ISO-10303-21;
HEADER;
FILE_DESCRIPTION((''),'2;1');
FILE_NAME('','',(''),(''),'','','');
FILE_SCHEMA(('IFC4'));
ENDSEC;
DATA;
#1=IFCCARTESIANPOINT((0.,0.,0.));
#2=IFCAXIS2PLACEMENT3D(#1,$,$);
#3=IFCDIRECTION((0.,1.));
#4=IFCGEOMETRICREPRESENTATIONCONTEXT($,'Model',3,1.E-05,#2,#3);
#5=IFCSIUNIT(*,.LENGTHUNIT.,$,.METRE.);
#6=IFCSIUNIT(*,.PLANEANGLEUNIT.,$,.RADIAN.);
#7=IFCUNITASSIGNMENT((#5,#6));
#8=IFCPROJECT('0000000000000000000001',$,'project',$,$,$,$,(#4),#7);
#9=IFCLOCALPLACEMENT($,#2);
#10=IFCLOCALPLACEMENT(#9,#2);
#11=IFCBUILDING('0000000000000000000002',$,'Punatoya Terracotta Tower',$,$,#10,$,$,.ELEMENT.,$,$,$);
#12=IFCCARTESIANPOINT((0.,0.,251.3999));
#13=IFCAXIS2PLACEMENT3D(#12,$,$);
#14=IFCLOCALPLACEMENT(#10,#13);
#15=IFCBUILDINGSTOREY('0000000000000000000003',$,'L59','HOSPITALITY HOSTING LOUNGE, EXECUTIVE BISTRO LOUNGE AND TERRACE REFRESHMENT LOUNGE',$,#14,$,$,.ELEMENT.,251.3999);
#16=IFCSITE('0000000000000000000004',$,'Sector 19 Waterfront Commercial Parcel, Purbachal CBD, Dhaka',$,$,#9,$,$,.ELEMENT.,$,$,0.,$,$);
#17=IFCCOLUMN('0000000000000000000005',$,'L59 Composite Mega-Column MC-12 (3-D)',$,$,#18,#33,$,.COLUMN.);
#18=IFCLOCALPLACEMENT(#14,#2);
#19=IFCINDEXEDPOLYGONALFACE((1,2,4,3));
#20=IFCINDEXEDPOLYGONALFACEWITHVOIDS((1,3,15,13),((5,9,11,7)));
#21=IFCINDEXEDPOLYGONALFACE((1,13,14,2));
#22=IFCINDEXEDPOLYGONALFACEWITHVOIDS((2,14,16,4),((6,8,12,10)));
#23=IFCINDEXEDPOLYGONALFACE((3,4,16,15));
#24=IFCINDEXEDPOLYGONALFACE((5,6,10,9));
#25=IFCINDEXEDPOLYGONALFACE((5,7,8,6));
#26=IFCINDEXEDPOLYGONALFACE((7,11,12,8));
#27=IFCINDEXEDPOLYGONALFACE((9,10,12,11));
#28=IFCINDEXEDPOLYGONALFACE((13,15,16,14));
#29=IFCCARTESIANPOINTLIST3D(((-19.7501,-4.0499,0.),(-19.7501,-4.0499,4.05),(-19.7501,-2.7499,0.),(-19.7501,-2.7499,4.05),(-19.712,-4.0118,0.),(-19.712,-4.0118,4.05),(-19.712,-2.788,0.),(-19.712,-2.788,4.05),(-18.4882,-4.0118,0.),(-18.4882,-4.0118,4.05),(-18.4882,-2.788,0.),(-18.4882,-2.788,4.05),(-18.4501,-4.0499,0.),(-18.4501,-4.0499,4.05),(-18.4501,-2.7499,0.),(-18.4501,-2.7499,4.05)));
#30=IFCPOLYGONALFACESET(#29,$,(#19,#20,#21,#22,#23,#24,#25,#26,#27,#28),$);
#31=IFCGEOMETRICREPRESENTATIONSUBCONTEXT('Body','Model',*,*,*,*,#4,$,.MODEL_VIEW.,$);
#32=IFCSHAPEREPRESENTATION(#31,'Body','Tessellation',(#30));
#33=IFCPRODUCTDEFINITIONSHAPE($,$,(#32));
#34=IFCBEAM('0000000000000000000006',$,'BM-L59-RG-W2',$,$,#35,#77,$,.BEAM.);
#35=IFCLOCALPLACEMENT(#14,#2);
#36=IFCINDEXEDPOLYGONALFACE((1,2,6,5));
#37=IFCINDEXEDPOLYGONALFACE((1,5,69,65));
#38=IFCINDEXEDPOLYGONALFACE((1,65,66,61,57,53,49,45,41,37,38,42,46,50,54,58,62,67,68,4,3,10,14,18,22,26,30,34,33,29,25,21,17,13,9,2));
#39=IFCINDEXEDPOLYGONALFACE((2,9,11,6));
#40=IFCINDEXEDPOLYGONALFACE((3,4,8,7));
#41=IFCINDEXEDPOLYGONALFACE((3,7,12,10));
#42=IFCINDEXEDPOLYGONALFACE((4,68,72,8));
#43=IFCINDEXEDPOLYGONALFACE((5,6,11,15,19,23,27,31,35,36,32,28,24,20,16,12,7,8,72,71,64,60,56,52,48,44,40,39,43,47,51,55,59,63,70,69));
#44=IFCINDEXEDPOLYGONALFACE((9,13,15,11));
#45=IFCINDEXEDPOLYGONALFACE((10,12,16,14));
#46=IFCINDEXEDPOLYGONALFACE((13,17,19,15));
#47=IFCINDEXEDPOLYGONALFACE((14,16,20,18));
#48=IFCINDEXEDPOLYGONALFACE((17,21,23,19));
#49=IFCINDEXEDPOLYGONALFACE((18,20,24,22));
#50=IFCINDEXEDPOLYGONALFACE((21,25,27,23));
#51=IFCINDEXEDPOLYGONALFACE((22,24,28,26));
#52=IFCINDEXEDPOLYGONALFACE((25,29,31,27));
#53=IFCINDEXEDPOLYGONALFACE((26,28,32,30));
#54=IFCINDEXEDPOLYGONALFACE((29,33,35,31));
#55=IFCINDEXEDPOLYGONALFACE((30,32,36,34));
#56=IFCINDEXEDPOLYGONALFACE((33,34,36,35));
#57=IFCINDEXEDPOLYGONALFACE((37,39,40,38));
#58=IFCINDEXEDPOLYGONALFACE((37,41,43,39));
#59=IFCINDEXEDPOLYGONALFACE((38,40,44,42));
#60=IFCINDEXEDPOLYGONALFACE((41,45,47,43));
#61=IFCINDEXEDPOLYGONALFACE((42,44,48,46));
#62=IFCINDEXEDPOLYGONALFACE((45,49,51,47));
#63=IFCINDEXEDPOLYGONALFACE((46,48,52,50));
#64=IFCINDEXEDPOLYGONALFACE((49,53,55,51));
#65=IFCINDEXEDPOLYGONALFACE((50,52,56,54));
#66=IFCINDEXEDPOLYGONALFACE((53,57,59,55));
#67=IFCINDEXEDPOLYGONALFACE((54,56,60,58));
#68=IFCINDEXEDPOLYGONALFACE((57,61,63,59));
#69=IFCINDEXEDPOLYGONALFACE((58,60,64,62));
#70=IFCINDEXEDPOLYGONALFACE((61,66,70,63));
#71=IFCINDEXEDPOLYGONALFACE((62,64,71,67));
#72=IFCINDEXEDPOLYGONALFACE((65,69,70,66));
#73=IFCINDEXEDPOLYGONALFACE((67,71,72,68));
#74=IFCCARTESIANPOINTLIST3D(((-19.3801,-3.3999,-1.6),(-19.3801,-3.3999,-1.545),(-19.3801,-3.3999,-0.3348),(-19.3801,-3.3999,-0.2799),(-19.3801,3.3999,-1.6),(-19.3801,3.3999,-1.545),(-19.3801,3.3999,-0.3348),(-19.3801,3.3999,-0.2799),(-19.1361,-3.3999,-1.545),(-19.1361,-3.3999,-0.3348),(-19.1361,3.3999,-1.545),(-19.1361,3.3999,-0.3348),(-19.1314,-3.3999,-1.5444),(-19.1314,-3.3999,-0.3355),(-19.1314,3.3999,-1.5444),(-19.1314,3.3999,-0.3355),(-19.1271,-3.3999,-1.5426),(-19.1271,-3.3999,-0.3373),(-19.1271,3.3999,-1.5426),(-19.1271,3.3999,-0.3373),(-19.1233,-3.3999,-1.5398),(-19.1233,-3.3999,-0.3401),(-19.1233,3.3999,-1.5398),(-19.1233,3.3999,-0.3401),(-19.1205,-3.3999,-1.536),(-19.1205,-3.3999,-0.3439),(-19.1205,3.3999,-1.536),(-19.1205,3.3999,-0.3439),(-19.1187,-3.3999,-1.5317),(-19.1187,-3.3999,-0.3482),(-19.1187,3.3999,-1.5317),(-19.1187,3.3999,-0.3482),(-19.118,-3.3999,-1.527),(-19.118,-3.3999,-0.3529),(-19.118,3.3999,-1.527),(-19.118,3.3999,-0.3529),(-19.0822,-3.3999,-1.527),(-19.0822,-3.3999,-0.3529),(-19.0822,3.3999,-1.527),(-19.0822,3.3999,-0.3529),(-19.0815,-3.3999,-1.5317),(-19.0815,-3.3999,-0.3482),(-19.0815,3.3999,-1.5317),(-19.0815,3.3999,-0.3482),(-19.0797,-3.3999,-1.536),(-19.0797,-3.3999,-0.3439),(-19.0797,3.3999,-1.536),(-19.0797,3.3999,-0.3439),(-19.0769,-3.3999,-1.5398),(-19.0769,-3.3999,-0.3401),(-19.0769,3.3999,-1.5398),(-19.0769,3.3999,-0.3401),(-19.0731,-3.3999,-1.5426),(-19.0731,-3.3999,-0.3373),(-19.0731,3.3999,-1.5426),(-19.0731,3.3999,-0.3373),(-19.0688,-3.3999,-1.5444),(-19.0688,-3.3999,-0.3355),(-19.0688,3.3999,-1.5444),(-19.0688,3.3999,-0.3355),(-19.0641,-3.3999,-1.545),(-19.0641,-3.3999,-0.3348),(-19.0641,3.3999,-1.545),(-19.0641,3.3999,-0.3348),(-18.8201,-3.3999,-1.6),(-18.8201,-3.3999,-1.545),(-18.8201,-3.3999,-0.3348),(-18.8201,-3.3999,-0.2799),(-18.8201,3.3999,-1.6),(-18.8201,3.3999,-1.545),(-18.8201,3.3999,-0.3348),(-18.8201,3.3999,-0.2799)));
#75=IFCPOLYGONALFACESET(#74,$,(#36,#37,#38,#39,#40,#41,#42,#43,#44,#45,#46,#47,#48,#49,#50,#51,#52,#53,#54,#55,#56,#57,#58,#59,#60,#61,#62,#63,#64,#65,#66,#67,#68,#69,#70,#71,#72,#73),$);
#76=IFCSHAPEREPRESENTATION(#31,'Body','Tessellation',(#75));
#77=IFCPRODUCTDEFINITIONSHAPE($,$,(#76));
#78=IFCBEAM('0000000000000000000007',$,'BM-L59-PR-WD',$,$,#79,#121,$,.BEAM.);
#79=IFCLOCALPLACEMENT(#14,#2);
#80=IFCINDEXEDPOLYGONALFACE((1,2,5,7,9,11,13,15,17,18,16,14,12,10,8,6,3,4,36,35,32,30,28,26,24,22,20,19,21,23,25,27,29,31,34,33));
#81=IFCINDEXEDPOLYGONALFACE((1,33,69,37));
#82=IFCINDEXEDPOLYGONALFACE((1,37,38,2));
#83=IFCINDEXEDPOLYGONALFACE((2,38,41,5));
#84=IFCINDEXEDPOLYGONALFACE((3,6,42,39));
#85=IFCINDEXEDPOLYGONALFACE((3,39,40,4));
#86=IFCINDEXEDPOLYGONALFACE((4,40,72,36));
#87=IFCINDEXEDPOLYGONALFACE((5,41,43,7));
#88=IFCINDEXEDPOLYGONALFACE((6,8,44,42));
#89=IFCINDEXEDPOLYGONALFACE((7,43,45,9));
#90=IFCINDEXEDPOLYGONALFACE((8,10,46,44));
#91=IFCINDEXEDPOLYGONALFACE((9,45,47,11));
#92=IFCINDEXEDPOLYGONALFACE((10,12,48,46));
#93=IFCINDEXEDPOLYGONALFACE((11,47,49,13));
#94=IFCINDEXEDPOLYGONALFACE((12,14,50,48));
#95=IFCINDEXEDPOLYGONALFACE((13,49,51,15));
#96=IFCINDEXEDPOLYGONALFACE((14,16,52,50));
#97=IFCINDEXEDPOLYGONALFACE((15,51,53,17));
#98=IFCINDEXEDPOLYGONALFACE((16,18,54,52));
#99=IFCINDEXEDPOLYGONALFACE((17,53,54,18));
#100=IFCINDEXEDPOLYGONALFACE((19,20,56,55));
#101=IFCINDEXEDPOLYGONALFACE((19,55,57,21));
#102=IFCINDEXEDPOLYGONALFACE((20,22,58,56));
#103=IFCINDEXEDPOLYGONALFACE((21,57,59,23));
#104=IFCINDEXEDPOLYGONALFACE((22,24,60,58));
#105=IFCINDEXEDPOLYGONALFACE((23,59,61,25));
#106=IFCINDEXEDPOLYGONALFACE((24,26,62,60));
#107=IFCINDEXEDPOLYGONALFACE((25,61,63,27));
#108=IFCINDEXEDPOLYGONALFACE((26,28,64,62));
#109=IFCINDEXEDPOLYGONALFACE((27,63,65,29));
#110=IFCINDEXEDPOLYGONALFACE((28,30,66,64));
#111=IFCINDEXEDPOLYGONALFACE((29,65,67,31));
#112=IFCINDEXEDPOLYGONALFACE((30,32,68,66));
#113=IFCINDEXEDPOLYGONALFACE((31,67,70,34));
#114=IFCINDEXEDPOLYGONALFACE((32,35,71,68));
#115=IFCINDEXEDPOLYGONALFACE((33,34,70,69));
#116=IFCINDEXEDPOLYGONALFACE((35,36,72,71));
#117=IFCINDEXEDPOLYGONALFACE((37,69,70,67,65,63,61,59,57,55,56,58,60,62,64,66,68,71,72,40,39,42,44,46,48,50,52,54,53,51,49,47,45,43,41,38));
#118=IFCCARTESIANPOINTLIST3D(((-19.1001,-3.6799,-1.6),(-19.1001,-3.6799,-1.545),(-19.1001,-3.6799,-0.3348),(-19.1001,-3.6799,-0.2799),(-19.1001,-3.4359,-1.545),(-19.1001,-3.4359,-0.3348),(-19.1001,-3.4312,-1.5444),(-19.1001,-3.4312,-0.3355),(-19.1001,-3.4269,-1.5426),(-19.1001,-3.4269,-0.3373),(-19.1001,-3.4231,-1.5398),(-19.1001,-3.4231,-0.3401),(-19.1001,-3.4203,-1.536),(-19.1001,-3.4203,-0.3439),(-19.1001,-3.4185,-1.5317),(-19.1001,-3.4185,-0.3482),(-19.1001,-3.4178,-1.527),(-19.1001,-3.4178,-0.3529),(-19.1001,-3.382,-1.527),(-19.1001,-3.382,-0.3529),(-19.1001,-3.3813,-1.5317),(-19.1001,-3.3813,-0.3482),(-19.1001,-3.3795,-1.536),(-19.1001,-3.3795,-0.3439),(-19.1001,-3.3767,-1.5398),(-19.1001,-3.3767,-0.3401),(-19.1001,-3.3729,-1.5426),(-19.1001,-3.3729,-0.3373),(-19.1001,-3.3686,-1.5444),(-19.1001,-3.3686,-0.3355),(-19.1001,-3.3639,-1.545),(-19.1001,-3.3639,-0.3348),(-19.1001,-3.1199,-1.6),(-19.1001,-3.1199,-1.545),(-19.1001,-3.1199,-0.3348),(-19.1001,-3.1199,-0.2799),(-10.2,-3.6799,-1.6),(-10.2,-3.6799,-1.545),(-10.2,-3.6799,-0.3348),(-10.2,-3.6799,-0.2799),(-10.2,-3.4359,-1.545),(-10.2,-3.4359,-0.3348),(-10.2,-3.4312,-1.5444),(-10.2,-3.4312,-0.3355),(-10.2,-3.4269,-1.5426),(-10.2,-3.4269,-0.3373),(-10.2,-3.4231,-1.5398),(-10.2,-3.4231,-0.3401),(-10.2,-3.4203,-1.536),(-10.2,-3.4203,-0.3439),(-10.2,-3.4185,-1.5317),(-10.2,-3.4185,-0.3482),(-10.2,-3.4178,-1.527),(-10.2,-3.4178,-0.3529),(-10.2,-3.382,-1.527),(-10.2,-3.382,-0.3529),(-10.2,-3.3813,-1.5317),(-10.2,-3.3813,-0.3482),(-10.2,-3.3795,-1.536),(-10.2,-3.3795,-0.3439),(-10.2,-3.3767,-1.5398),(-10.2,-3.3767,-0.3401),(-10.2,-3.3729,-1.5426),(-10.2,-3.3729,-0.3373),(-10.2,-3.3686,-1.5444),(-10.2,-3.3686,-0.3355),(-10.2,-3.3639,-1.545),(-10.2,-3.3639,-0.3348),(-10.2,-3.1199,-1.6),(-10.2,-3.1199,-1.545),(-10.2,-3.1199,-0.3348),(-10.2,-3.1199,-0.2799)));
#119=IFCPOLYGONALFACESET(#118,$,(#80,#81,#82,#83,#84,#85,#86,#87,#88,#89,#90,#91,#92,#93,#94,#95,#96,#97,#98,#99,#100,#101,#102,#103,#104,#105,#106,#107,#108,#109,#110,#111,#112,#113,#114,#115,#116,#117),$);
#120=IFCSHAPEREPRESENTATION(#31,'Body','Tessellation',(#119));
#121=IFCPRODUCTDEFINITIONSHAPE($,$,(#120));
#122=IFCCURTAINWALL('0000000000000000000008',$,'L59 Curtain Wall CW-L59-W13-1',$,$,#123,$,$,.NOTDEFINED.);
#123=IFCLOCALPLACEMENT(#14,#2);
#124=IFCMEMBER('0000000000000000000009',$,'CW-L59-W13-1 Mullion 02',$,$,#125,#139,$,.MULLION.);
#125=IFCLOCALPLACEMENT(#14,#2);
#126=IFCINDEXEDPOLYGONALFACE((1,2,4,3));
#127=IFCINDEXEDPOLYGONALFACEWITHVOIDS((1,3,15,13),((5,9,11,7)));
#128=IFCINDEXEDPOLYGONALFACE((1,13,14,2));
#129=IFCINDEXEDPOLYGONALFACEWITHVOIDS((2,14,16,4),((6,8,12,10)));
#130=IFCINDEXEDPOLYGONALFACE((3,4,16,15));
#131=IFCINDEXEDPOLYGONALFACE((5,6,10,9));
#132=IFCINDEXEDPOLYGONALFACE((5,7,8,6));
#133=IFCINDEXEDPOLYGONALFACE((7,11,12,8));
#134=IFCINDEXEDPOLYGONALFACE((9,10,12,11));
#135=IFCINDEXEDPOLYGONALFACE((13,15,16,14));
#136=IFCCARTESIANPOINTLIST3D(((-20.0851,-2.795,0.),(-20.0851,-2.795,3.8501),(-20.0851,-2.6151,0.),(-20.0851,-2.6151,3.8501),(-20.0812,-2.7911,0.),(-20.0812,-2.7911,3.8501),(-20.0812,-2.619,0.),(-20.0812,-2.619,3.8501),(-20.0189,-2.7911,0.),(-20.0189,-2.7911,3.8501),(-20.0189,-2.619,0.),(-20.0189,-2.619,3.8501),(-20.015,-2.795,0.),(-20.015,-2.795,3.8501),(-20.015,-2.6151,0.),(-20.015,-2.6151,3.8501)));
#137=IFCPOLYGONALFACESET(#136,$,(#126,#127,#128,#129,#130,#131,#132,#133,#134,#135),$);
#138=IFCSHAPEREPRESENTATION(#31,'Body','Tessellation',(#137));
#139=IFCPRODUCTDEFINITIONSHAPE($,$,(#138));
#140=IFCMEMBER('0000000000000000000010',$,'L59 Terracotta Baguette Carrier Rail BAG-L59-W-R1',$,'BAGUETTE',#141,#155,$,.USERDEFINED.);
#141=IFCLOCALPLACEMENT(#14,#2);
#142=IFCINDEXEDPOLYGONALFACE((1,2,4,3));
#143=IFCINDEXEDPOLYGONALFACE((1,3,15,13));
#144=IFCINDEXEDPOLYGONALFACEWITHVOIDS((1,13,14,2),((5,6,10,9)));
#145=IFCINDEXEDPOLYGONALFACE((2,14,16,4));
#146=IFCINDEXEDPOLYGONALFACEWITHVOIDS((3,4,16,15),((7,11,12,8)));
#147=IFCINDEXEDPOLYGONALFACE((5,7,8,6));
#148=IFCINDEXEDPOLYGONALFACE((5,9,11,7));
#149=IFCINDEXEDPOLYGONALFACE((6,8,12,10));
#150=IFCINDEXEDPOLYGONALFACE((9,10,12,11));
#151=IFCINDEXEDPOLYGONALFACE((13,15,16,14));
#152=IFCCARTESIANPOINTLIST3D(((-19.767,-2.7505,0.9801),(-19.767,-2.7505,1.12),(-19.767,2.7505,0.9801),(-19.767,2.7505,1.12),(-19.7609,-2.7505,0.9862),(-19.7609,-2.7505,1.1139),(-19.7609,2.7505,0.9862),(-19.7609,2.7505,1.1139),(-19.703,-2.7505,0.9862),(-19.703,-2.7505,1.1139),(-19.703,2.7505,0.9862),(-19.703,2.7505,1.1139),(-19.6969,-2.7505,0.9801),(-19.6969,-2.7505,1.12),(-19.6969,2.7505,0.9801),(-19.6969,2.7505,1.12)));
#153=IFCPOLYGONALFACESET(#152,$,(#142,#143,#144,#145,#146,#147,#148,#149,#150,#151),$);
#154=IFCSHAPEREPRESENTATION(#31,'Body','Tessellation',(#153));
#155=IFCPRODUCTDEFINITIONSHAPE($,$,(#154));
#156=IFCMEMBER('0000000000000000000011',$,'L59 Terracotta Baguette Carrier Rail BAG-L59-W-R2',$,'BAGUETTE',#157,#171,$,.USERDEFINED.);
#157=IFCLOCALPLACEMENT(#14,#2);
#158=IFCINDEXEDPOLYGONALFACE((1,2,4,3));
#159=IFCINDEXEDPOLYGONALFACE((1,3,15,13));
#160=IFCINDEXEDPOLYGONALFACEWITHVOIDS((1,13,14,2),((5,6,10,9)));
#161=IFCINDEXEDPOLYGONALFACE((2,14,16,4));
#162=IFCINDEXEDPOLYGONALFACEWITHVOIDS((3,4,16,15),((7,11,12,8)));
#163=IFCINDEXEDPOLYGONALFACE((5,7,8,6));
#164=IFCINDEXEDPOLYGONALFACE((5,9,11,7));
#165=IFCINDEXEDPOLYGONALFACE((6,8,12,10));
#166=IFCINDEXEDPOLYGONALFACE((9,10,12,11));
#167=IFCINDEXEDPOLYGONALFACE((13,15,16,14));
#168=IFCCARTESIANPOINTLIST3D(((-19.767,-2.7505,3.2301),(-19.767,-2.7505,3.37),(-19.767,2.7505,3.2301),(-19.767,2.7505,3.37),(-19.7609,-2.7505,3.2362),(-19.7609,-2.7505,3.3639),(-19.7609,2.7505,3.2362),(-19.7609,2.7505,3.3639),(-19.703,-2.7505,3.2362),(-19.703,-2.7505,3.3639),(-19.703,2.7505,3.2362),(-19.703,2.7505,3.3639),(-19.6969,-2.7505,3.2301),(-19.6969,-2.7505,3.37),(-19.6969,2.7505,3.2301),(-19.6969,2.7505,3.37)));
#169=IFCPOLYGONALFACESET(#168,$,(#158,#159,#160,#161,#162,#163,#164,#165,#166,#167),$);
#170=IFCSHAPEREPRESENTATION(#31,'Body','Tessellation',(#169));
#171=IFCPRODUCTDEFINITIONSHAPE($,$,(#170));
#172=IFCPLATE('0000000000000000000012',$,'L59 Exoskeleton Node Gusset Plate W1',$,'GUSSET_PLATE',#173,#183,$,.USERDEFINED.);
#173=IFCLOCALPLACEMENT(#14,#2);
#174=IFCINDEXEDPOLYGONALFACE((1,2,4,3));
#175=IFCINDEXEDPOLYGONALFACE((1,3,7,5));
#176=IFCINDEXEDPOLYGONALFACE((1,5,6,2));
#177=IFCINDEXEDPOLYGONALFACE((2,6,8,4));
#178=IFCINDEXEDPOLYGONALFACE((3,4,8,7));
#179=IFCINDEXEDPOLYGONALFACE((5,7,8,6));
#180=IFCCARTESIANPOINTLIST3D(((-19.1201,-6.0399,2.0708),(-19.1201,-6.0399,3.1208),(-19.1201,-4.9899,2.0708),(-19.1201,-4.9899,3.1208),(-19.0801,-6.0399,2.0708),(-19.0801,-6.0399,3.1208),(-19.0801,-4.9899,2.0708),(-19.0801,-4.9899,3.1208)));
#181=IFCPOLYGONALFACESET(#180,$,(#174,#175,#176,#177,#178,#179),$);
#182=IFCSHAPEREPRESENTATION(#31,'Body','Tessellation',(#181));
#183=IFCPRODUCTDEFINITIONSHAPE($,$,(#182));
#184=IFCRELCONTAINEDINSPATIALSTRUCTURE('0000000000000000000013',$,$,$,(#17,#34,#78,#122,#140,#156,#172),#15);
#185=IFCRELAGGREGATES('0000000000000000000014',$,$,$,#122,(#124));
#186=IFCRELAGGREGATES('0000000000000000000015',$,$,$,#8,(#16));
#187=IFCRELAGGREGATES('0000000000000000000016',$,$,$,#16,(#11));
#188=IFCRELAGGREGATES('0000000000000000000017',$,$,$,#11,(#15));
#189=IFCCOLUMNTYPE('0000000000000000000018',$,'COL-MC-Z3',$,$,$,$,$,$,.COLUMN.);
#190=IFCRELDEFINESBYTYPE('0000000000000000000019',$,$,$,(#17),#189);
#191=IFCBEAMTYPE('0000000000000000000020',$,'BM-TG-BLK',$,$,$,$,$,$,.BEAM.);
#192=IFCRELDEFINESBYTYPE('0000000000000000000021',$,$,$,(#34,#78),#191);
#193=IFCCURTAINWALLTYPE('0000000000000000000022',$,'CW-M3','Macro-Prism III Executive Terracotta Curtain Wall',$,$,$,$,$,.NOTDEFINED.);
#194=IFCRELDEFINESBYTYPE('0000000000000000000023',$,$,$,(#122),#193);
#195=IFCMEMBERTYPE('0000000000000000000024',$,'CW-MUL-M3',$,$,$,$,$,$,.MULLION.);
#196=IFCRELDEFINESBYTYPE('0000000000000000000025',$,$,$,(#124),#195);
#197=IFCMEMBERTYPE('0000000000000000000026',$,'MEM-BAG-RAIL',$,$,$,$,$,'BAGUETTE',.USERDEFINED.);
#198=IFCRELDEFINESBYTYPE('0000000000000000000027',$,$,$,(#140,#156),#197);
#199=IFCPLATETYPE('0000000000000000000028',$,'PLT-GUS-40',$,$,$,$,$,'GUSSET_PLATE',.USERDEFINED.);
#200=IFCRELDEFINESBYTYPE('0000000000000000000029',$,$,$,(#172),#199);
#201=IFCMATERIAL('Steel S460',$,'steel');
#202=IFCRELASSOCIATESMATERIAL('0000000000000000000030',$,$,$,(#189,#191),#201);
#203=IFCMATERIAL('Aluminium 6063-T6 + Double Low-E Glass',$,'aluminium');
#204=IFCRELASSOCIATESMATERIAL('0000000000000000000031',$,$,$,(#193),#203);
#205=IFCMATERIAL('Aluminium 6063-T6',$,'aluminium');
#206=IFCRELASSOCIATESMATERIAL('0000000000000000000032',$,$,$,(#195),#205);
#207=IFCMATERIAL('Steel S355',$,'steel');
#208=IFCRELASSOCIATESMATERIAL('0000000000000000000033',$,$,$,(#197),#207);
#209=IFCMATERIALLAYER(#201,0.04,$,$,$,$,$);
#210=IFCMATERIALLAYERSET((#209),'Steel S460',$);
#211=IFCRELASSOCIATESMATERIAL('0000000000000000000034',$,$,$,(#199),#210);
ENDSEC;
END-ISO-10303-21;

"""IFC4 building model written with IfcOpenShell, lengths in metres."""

from ifc_helpers import new_model, si_unit, direction, frame, origin, origin_2d, place, context, subcontext, project, spatial, rectangle, hollow_rectangle, i_section, extrude, material, layer, layer_set, material_profile, profile_set, type_object, element, aggregate, save


model = new_model("IFC4")

# Units and contexts
model_context = context("Model", 3, precision=1e-05, world=origin(), true_north=direction((0.0, 1.0)))
body_context = subcontext(model_context, "Body", "Model", "MODEL_VIEW")
ifc_project = project(units=[si_unit("LENGTHUNIT", "METRE"), si_unit("PLANEANGLEUNIT", "RADIAN")], contexts=[model_context])

# Site, building, storey
site_placement = place(None, origin())
site = spatial("IfcSite", under=ifc_project, at=site_placement, Name="Sector 19 Waterfront Commercial Parcel, Purbachal CBD, Dhaka", CompositionType="ELEMENT", RefElevation=0.0)
building_placement = place(site_placement, origin())
building = spatial("IfcBuilding", under=site, at=building_placement, Name="Punatoya Terracotta Tower", CompositionType="ELEMENT")
storey_placement = place(building_placement, frame((0.0, 0.0, 251.3999)))
storey = spatial("IfcBuildingStorey", under=building, at=storey_placement, Name="L59", Description="HOSPITALITY HOSTING LOUNGE, EXECUTIVE BISTRO LOUNGE AND TERRACE REFRESHMENT LOUNGE", CompositionType="ELEMENT", Elevation=251.3999)

# Column
ifc_material_1 = material(Name="Steel S460", Category="steel")
ifc_material_profile_1 = material_profile(ifc_material_1, hollow_rectangle(XDim=1.3, YDim=1.3, WallThickness=0.0381, at=origin_2d()))
ifc_profile_set_1 = profile_set([ifc_material_profile_1], Name="Steel S460")
column_type = type_object("IfcColumnType", Name="COL-MC-Z3", PredefinedType="COLUMN", material=ifc_profile_set_1)
column_placement = place(storey_placement, frame((-19.1001, -3.3999, 0.0), z_axis=(0.0, 0.0, 1.0), x_axis=(1.0, 0.0, 0.0)))
element("IfcColumn", 1, at=column_placement, inside=storey, type_object=column_type, Name="L59 Composite Mega-Column MC-12 (3-D)", PredefinedType="COLUMN", context=body_context, shape_type="SweptSolid", body=[
    extrude(hollow_rectangle(XDim=1.3, YDim=1.3, WallThickness=0.0381, at=origin_2d()), origin(), (0.0, 0.0, 1.0), 4.05),
])

# Beams
ifc_material_profile_2 = material_profile(ifc_material_1, i_section(OverallWidth=0.5601, OverallDepth=1.3201, WebThickness=0.0359, FlangeThickness=0.0549, FilletRadius=0.0181, at=origin_2d()))
ifc_profile_set_2 = profile_set([ifc_material_profile_2], Name="Steel S460")
beam_type = type_object("IfcBeamType", Name="BM-TG-BLK", PredefinedType="BEAM", material=ifc_profile_set_2)
beam_1_placement = place(storey_placement, frame((-19.1001, -3.3999, -0.9399), z_axis=(0.0, 1.0, 0.0), x_axis=(-1.0, 0.0, 0.0)))
element("IfcBeam", 2, at=beam_1_placement, inside=storey, type_object=beam_type, Name="BM-L59-RG-W2", PredefinedType="BEAM", context=body_context, shape_type="SweptSolid", body=[
    extrude(i_section(OverallWidth=0.5601, OverallDepth=1.3201, WebThickness=0.0359, FlangeThickness=0.0549, FilletRadius=0.0181, at=origin_2d()), origin(), (0.0, 0.0, 1.0), 6.7998),
])
beam_2_placement = place(storey_placement, frame((-19.1001, -3.3999, -0.9399), z_axis=(1.0, 0.0, 0.0), x_axis=(0.0, 1.0, 0.0)))
element("IfcBeam", 3, at=beam_2_placement, inside=storey, type_object=beam_type, Name="BM-L59-PR-WD", PredefinedType="BEAM", context=body_context, shape_type="SweptSolid", body=[
    extrude(i_section(OverallWidth=0.5601, OverallDepth=1.3201, WebThickness=0.0359, FlangeThickness=0.0549, FilletRadius=0.0181, at=origin_2d()), origin(), (0.0, 0.0, 1.0), 8.9001),
])

# Curtain wall, member
ifc_material_2 = material(Name="Aluminium 6063-T6 + Double Low-E Glass", Category="aluminium")
curtain_wall_type = type_object("IfcCurtainWallType", Name="CW-M3", Description="Macro-Prism III Executive Terracotta Curtain Wall", PredefinedType="NOTDEFINED", material=ifc_material_2)
curtain_wall_placement = place(storey_placement, origin())
curtain_wall = element("IfcCurtainWall", 4, at=curtain_wall_placement, inside=storey, type_object=curtain_wall_type, Name="L59 Curtain Wall CW-L59-W13-1", PredefinedType="NOTDEFINED")
ifc_material_3 = material(Name="Aluminium 6063-T6", Category="aluminium")
ifc_material_profile_3 = material_profile(ifc_material_3, hollow_rectangle(XDim=0.0701, YDim=0.1799, WallThickness=0.0039, at=origin_2d()))
ifc_profile_set_3 = profile_set([ifc_material_profile_3], Name="Aluminium 6063-T6")
member_type_1 = type_object("IfcMemberType", Name="CW-MUL-M3", PredefinedType="MULLION", material=ifc_profile_set_3)
member_placement = place(storey_placement, frame((-20.05, -2.7051, 0.0), z_axis=(0.0, 0.0, 1.0), x_axis=(1.0, 0.0, 0.0)))
member = element("IfcMember", 5, at=member_placement, type_object=member_type_1, Name="CW-L59-W13-1 Mullion 02", PredefinedType="MULLION", context=body_context, shape_type="SweptSolid", body=[
    extrude(hollow_rectangle(XDim=0.0701, YDim=0.1799, WallThickness=0.0039, at=origin_2d()), origin(), (0.0, 0.0, 1.0), 3.8501),
])
aggregate(curtain_wall, [member])

# Members
ifc_material_4 = material(Name="Steel S355", Category="steel")
ifc_material_profile_4 = material_profile(ifc_material_4, hollow_rectangle(XDim=0.0701, YDim=0.1399, WallThickness=0.0061, at=origin_2d()))
ifc_profile_set_4 = profile_set([ifc_material_profile_4], Name="Steel S355")
member_type_2 = type_object("IfcMemberType", Name="MEM-BAG-RAIL", ElementType="BAGUETTE", PredefinedType="USERDEFINED", material=ifc_profile_set_4)
for number, where, z_axis, x_axis, name in (
    (6, (-19.7319, -2.7505, 1.05), (0.0, 1.0, 0.0), (-1.0, 0.0, 0.0), "L59 Terracotta Baguette Carrier Rail BAG-L59-W-R1"),
    (7, (-19.7319, -2.7505, 3.3), (0.0, 1.0, 0.0), (-1.0, 0.0, 0.0), "L59 Terracotta Baguette Carrier Rail BAG-L59-W-R2"),
):
    element("IfcMember", number, at=place(storey_placement, frame(where, z_axis=z_axis, x_axis=x_axis)), inside=storey, type_object=member_type_2, Name=name, ObjectType="BAGUETTE", PredefinedType="USERDEFINED", context=body_context, shape_type="SweptSolid", body=[
        extrude(hollow_rectangle(XDim=0.0701, YDim=0.1399, WallThickness=0.0061, at=origin_2d()), origin(), (0.0, 0.0, 1.0), 5.501),
    ])

# Plate
ifc_layer_1 = layer(ifc_material_1, 0.04)
ifc_layer_set_1 = layer_set([ifc_layer_1], Name="Steel S460")
plate_type = type_object("IfcPlateType", Name="PLT-GUS-40", ElementType="GUSSET_PLATE", PredefinedType="USERDEFINED", material=ifc_layer_set_1)
plate_placement = place(storey_placement, frame((-19.1001, -5.5149, 2.0708), z_axis=(0.0, 0.0, 1.0), x_axis=(0.0, 1.0, 0.0)))
element("IfcPlate", 8, at=plate_placement, inside=storey, type_object=plate_type, Name="L59 Exoskeleton Node Gusset Plate W1", ObjectType="GUSSET_PLATE", PredefinedType="USERDEFINED", context=body_context, shape_type="SweptSolid", body=[
    extrude(rectangle(XDim=1.05, YDim=0.04, at=origin_2d()), origin(), (0.0, 0.0, 1.0), 1.05),
])

save(model, "model.ifc")
